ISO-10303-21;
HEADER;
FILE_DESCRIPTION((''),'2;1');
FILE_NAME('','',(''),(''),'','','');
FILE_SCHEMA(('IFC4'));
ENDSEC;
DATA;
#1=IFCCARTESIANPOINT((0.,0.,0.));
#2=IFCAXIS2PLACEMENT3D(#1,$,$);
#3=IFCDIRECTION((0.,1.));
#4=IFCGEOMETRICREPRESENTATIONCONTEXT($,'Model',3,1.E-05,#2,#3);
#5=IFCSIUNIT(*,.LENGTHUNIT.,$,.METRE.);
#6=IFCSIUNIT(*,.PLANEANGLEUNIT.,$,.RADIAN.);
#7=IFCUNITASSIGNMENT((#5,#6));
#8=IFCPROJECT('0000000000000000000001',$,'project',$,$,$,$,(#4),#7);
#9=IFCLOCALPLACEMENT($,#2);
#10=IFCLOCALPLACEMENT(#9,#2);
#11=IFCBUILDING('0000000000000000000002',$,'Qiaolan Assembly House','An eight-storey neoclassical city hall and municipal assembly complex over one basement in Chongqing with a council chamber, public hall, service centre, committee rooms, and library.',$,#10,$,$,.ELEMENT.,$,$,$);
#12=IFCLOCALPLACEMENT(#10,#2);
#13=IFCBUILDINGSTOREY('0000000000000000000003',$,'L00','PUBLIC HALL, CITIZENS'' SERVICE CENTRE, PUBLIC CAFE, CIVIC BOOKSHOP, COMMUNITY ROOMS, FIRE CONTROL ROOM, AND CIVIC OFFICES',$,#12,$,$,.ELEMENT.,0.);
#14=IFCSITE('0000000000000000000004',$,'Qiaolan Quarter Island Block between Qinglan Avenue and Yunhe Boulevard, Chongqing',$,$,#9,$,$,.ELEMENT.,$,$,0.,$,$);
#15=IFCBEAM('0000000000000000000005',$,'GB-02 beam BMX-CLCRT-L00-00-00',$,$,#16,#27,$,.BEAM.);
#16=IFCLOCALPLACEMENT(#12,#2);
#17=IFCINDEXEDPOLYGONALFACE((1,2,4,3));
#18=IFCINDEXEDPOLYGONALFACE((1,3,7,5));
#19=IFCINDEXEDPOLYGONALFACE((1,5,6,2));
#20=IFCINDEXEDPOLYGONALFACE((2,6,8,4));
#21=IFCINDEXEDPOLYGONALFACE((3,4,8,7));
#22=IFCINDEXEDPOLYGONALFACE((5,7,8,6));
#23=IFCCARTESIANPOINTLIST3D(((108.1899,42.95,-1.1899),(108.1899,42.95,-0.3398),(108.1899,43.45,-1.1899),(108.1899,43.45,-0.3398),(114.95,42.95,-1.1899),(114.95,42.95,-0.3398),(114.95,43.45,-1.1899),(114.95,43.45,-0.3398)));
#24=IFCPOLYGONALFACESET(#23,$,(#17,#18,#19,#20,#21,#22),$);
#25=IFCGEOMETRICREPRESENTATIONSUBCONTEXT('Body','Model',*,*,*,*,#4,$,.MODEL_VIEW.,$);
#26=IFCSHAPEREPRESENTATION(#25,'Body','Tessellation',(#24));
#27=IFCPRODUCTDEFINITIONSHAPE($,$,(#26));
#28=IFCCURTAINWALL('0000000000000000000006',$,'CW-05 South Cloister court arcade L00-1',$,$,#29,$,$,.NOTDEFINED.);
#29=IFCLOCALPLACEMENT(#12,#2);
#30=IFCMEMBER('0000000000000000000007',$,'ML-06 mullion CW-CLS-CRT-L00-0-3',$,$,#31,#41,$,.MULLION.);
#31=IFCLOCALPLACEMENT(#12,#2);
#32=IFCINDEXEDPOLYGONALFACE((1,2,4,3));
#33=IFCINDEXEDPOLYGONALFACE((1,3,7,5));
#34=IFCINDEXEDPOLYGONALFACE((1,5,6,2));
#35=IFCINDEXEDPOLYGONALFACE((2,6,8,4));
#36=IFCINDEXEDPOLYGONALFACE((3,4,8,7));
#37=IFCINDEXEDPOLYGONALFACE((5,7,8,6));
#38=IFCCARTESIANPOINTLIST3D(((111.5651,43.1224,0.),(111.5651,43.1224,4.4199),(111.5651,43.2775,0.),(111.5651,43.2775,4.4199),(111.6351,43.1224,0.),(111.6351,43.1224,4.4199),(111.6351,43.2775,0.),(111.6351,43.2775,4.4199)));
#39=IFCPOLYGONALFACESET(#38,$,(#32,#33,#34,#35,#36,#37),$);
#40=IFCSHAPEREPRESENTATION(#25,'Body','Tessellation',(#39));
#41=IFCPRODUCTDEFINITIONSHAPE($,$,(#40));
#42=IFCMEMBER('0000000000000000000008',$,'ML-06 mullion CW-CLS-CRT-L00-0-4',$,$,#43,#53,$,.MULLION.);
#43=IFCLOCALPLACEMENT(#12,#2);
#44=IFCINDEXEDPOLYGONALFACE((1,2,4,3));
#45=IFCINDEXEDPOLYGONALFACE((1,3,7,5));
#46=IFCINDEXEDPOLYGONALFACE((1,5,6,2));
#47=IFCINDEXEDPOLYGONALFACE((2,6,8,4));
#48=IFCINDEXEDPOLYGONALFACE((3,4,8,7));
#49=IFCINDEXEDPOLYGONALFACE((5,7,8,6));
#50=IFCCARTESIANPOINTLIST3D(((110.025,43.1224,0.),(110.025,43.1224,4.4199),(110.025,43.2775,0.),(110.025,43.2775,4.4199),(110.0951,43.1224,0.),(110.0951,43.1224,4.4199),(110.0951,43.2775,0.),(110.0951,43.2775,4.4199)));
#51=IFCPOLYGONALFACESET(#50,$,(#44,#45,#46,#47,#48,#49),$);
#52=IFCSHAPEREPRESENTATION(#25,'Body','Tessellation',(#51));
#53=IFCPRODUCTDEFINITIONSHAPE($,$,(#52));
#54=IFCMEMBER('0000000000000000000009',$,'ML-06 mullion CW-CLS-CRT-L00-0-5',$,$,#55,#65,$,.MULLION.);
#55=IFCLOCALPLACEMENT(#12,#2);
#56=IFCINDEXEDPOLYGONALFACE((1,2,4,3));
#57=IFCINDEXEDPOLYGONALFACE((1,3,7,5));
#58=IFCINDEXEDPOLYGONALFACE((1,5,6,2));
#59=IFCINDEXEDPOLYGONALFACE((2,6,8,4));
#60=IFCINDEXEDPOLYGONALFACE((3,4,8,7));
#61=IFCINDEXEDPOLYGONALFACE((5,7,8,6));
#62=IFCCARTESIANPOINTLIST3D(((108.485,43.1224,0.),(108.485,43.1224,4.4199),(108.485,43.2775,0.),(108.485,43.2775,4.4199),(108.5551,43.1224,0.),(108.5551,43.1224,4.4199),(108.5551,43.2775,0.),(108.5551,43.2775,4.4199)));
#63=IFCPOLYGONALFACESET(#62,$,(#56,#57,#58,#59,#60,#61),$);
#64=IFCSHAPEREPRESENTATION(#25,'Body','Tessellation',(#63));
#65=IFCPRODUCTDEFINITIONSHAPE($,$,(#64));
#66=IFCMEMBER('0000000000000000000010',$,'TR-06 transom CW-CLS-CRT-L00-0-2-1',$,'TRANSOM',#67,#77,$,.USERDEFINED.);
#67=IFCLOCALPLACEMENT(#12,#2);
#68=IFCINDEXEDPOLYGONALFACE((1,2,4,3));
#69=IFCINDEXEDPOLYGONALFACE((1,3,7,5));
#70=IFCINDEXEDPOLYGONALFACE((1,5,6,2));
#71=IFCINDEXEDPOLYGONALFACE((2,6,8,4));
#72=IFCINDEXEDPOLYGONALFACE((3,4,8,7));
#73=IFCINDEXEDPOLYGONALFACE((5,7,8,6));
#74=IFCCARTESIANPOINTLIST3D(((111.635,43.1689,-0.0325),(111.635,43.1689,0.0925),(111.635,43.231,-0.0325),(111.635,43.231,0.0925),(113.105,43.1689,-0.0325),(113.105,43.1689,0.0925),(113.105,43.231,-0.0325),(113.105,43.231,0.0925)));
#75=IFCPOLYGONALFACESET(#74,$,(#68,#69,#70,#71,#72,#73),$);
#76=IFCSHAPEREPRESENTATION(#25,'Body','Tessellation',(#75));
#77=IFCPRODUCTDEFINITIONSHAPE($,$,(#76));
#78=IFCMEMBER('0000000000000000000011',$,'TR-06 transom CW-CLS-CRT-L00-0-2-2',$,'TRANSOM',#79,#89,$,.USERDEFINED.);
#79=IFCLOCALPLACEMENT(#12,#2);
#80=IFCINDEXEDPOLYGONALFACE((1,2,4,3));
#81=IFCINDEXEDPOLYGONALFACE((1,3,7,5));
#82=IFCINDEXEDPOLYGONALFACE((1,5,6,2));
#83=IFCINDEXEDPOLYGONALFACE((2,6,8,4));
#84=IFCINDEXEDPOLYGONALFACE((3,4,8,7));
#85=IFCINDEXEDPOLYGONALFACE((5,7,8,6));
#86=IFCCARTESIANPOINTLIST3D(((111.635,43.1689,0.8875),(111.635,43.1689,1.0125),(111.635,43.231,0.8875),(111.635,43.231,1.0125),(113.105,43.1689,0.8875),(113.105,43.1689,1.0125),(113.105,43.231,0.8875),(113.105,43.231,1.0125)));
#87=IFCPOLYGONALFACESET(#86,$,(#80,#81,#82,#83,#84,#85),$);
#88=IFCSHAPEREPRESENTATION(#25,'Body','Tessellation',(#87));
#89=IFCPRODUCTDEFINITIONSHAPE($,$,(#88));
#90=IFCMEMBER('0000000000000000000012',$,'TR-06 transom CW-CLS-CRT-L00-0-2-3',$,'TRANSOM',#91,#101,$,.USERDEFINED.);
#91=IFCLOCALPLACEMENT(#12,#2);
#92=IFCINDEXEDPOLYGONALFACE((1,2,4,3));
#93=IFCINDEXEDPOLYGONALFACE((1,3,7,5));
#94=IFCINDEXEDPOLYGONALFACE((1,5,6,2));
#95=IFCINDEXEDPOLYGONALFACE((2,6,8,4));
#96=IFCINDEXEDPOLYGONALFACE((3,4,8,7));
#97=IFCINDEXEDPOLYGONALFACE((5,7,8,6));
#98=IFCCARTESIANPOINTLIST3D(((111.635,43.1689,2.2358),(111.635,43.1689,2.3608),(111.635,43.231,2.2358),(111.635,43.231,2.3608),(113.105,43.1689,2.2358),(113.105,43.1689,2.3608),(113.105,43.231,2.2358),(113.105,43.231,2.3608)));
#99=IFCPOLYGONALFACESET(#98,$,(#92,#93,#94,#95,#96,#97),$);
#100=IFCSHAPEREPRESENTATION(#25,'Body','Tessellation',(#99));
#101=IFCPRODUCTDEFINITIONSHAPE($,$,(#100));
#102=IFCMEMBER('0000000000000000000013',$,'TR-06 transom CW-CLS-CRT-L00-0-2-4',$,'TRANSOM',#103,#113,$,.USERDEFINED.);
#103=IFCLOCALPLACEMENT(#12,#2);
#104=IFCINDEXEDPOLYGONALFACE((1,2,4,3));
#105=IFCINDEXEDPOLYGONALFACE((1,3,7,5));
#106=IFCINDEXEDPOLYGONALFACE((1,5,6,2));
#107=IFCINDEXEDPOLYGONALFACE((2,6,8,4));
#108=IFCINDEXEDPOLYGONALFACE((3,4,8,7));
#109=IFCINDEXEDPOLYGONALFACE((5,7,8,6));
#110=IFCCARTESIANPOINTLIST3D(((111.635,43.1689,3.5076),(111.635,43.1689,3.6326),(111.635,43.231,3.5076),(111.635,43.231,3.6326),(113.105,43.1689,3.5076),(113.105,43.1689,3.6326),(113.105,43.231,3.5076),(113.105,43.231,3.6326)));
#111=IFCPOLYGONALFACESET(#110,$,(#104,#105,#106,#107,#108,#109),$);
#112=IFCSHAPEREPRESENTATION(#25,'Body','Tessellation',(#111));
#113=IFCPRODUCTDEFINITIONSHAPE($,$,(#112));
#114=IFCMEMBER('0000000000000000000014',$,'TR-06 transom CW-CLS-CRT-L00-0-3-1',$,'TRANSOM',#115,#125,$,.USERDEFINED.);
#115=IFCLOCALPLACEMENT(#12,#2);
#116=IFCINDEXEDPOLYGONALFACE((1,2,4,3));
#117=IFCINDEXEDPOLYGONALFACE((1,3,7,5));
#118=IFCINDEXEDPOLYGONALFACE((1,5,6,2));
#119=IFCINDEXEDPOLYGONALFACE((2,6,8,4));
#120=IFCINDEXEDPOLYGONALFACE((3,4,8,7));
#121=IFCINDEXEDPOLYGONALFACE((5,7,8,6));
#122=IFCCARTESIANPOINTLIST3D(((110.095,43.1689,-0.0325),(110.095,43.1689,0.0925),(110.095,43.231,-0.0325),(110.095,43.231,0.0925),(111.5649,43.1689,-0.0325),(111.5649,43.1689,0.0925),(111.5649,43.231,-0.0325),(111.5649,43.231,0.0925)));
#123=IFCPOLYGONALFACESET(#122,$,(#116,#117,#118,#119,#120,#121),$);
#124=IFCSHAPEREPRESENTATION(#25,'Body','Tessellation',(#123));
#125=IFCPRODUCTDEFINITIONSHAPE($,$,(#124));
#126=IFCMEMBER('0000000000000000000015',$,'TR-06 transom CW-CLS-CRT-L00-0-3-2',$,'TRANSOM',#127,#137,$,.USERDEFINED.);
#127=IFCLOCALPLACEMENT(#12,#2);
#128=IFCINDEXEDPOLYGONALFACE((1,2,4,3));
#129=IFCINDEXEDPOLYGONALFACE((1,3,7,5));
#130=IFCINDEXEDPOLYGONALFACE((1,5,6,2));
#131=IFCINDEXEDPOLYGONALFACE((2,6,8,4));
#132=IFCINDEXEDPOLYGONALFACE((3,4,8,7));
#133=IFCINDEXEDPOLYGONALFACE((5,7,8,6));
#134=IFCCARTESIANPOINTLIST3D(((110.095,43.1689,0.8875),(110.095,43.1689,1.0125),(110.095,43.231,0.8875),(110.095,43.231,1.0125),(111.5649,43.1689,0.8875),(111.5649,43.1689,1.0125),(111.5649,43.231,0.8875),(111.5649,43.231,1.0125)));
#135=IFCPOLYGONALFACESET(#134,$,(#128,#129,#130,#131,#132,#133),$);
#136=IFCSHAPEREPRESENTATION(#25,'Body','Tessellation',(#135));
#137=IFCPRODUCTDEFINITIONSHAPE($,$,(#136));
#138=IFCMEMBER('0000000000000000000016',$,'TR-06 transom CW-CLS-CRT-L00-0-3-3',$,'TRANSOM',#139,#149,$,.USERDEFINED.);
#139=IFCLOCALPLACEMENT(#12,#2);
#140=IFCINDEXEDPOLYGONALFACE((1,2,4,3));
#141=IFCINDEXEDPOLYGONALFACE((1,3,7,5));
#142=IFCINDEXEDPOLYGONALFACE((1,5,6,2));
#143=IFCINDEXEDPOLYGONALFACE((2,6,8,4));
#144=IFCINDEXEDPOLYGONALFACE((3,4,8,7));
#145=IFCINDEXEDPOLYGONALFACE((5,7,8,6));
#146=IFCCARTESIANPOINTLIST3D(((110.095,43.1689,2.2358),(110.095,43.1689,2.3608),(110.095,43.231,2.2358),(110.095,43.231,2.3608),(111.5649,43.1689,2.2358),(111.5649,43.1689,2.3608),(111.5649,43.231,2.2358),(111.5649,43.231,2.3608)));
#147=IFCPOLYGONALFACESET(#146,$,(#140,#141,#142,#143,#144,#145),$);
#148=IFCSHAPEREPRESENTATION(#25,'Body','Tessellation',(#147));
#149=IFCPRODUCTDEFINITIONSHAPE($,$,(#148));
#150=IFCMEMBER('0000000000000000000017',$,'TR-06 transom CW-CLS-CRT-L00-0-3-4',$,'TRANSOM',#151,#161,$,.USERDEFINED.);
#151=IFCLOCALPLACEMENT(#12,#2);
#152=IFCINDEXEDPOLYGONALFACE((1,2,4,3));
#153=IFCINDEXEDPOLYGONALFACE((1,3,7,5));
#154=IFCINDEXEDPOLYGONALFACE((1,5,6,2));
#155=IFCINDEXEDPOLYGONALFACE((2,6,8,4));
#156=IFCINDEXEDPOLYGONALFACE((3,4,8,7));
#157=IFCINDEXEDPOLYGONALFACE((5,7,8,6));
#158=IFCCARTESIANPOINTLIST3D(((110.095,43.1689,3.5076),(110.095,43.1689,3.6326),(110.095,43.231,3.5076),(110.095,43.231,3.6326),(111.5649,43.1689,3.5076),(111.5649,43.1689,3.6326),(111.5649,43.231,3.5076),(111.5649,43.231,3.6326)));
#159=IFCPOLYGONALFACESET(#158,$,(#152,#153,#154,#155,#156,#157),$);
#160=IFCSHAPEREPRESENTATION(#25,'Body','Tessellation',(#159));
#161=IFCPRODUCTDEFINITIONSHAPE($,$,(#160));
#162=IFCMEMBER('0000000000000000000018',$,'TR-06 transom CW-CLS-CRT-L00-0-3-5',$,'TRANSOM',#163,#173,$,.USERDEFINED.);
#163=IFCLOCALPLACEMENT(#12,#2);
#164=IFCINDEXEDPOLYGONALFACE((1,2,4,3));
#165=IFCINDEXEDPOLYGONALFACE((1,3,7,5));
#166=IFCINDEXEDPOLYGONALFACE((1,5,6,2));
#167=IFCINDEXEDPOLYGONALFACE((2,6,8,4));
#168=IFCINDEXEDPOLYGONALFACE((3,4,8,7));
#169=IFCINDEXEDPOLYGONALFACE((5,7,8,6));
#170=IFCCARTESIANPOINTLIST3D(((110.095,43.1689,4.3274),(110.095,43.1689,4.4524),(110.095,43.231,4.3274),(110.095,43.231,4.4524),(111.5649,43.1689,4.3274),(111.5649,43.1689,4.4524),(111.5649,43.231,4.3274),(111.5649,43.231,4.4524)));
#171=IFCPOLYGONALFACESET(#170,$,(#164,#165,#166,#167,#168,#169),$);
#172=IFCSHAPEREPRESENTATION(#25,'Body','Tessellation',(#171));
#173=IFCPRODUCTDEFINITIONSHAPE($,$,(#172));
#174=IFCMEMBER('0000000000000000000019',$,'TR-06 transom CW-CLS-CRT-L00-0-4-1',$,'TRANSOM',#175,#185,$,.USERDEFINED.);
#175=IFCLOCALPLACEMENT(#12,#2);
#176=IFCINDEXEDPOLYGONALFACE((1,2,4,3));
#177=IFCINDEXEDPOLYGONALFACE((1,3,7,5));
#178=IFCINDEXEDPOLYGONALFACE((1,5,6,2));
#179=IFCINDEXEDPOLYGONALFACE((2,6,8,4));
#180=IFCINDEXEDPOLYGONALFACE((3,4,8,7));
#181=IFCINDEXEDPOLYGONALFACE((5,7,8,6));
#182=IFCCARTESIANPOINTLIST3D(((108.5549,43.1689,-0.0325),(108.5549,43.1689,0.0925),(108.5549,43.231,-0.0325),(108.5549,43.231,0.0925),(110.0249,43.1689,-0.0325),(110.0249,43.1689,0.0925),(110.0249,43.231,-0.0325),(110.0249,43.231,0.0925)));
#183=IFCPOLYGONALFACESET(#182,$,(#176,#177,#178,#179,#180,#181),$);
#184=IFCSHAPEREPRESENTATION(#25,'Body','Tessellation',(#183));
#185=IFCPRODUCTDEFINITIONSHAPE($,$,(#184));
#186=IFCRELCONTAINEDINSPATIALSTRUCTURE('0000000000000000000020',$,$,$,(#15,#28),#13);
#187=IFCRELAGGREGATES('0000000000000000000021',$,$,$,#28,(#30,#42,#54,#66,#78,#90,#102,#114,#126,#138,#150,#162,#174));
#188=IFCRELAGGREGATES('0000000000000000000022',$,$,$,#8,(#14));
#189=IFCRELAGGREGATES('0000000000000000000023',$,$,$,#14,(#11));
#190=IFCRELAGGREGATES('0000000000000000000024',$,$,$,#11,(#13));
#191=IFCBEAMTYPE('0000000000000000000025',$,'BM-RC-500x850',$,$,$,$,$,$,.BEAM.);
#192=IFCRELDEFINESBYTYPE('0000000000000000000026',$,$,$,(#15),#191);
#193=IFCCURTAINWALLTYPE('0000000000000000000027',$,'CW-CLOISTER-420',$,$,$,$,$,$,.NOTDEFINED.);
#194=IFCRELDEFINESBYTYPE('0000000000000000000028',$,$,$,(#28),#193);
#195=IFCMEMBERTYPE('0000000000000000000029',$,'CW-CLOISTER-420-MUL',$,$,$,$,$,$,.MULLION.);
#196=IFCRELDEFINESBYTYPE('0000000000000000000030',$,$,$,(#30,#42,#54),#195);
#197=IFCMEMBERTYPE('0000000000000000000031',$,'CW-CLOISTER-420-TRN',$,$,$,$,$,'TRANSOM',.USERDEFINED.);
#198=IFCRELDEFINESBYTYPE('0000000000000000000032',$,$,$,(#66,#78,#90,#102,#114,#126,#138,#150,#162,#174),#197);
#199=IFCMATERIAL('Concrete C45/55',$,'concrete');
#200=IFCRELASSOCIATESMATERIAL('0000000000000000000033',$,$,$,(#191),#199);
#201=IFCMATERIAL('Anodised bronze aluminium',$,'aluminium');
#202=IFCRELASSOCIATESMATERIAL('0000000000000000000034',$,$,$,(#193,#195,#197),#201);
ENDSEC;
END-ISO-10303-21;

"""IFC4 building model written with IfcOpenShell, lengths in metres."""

from ifc_helpers import new_model, si_unit, direction, frame, origin, origin_2d, place, context, subcontext, project, spatial, rectangle, extrude, material, material_profile, profile_set, type_object, element, aggregate, save


model = new_model("IFC4")

# Units and contexts
model_context = context("Model", 3, precision=1e-05, world=origin(), true_north=direction((0.0, 1.0)))
body_context = subcontext(model_context, "Body", "Model", "MODEL_VIEW")
ifc_project = project(units=[si_unit("LENGTHUNIT", "METRE"), si_unit("PLANEANGLEUNIT", "RADIAN")], contexts=[model_context])

# Site, building, storey
site_placement = place(None, origin())
site = spatial("IfcSite", under=ifc_project, at=site_placement, Name="Qiaolan Quarter Island Block between Qinglan Avenue and Yunhe Boulevard, Chongqing", CompositionType="ELEMENT", RefElevation=0.0)
building_placement = place(site_placement, origin())
building = spatial("IfcBuilding", under=site, at=building_placement, Name="Qiaolan Assembly House", Description="An eight-storey neoclassical city hall and municipal assembly complex over one basement in Chongqing with a council chamber, public hall, service centre, committee rooms, and library.", CompositionType="ELEMENT")
storey_placement = place(building_placement, origin())
storey = spatial("IfcBuildingStorey", under=building, at=storey_placement, Name="L00", Description="PUBLIC HALL, CITIZENS' SERVICE CENTRE, PUBLIC CAFE, CIVIC BOOKSHOP, COMMUNITY ROOMS, FIRE CONTROL ROOM, AND CIVIC OFFICES", CompositionType="ELEMENT", Elevation=0.0)

# Beam
ifc_material_1 = material(Name="Concrete C45/55", Category="concrete")
ifc_material_profile_1 = material_profile(ifc_material_1, rectangle(XDim=0.5, YDim=0.8501, at=origin_2d()), Name="RCB 500x850")
ifc_profile_set_1 = profile_set([ifc_material_profile_1], Name="Concrete C45/55")
beam_type = type_object("IfcBeamType", Name="BM-RC-500x850", PredefinedType="BEAM", material=ifc_profile_set_1)
beam_placement = place(storey_placement, frame((108.1899, 43.2, -0.7649), z_axis=(1.0, 0.0, 0.0), x_axis=(0.0, 1.0, 0.0)))
element("IfcBeam", 1, at=beam_placement, inside=storey, type_object=beam_type, Name="GB-02 beam BMX-CLCRT-L00-00-00", PredefinedType="BEAM", context=body_context, shape_type="SweptSolid", body=[
    extrude(rectangle(XDim=0.5, YDim=0.8501, at=origin_2d()), origin(), (0.0, 0.0, 1.0), 6.76),
])

# Curtain wall, members
ifc_material_2 = material(Name="Anodised bronze aluminium", Category="aluminium")
curtain_wall_type = type_object("IfcCurtainWallType", Name="CW-CLOISTER-420", PredefinedType="NOTDEFINED", material=ifc_material_2)
curtain_wall_placement = place(storey_placement, origin())
curtain_wall = element("IfcCurtainWall", 2, at=curtain_wall_placement, inside=storey, type_object=curtain_wall_type, Name="CW-05 South Cloister court arcade L00-1", PredefinedType="NOTDEFINED")
ifc_material_profile_2 = material_profile(ifc_material_2, rectangle(XDim=0.0701, YDim=0.155, at=origin_2d()), Name="MUL 70x155")
ifc_profile_set_2 = profile_set([ifc_material_profile_2], Name="Anodised bronze aluminium")
member_type_1 = type_object("IfcMemberType", Name="CW-CLOISTER-420-MUL", PredefinedType="MULLION", material=ifc_profile_set_2)
member_1_placement = place(storey_placement, frame((111.6001, 43.2, 0.0), z_axis=(0.0, 0.0, 1.0), x_axis=(-1.0, 0.0, 0.0)))
member_1 = element("IfcMember", 3, at=member_1_placement, type_object=member_type_1, Name="ML-06 mullion CW-CLS-CRT-L00-0-3", PredefinedType="MULLION", context=body_context, shape_type="SweptSolid", body=[
    extrude(rectangle(XDim=0.0701, YDim=0.155, at=origin_2d()), origin(), (0.0, 0.0, 1.0), 4.4199),
])
member_2_placement = place(storey_placement, frame((110.0601, 43.2, 0.0), z_axis=(0.0, 0.0, 1.0), x_axis=(-1.0, 0.0, 0.0)))
member_2 = element("IfcMember", 4, at=member_2_placement, type_object=member_type_1, Name="ML-06 mullion CW-CLS-CRT-L00-0-4", PredefinedType="MULLION", context=body_context, shape_type="SweptSolid", body=[
    extrude(rectangle(XDim=0.0701, YDim=0.155, at=origin_2d()), origin(), (0.0, 0.0, 1.0), 4.4199),
])
member_3_placement = place(storey_placement, frame((108.52, 43.2, 0.0), z_axis=(0.0, 0.0, 1.0), x_axis=(-1.0, 0.0, 0.0)))
member_3 = element("IfcMember", 5, at=member_3_placement, type_object=member_type_1, Name="ML-06 mullion CW-CLS-CRT-L00-0-5", PredefinedType="MULLION", context=body_context, shape_type="SweptSolid", body=[
    extrude(rectangle(XDim=0.0701, YDim=0.155, at=origin_2d()), origin(), (0.0, 0.0, 1.0), 4.4199),
])
ifc_material_profile_3 = material_profile(ifc_material_2, rectangle(XDim=0.062, YDim=0.125, at=origin_2d()), Name="TRN 62x125")
ifc_profile_set_3 = profile_set([ifc_material_profile_3], Name="Anodised bronze aluminium")
member_type_2 = type_object("IfcMemberType", Name="CW-CLOISTER-420-TRN", ElementType="TRANSOM", PredefinedType="USERDEFINED", material=ifc_profile_set_3)
member_4_placement = place(storey_placement, frame((113.105, 43.2, 0.03), z_axis=(-1.0, 0.0, 0.0), x_axis=(0.0, -1.0, 0.0)))
member_4 = element("IfcMember", 6, at=member_4_placement, type_object=member_type_2, Name="TR-06 transom CW-CLS-CRT-L00-0-2-1", ObjectType="TRANSOM", PredefinedType="USERDEFINED", context=body_context, shape_type="SweptSolid", body=[
    extrude(rectangle(XDim=0.062, YDim=0.125, at=origin_2d()), origin(), (0.0, 0.0, 1.0), 1.47),
])
member_5_placement = place(storey_placement, frame((113.105, 43.2, 0.95), z_axis=(-1.0, 0.0, 0.0), x_axis=(0.0, -1.0, 0.0)))
member_5 = element("IfcMember", 7, at=member_5_placement, type_object=member_type_2, Name="TR-06 transom CW-CLS-CRT-L00-0-2-2", ObjectType="TRANSOM", PredefinedType="USERDEFINED", context=body_context, shape_type="SweptSolid", body=[
    extrude(rectangle(XDim=0.062, YDim=0.125, at=origin_2d()), origin(), (0.0, 0.0, 1.0), 1.47),
])
member_6_placement = place(storey_placement, frame((113.105, 43.2, 2.2983), z_axis=(-1.0, 0.0, 0.0), x_axis=(0.0, -1.0, 0.0)))
member_6 = element("IfcMember", 8, at=member_6_placement, type_object=member_type_2, Name="TR-06 transom CW-CLS-CRT-L00-0-2-3", ObjectType="TRANSOM", PredefinedType="USERDEFINED", context=body_context, shape_type="SweptSolid", body=[
    extrude(rectangle(XDim=0.062, YDim=0.125, at=origin_2d()), origin(), (0.0, 0.0, 1.0), 1.47),
])
member_7_placement = place(storey_placement, frame((113.105, 43.2, 3.5701), z_axis=(-1.0, 0.0, 0.0), x_axis=(0.0, -1.0, 0.0)))
member_7 = element("IfcMember", 9, at=member_7_placement, type_object=member_type_2, Name="TR-06 transom CW-CLS-CRT-L00-0-2-4", ObjectType="TRANSOM", PredefinedType="USERDEFINED", context=body_context, shape_type="SweptSolid", body=[
    extrude(rectangle(XDim=0.062, YDim=0.125, at=origin_2d()), origin(), (0.0, 0.0, 1.0), 1.47),
])
member_8_placement = place(storey_placement, frame((111.5649, 43.2, 0.03), z_axis=(-1.0, 0.0, 0.0), x_axis=(0.0, -1.0, 0.0)))
member_8 = element("IfcMember", 10, at=member_8_placement, type_object=member_type_2, Name="TR-06 transom CW-CLS-CRT-L00-0-3-1", ObjectType="TRANSOM", PredefinedType="USERDEFINED", context=body_context, shape_type="SweptSolid", body=[
    extrude(rectangle(XDim=0.062, YDim=0.125, at=origin_2d()), origin(), (0.0, 0.0, 1.0), 1.47),
])
member_9_placement = place(storey_placement, frame((111.5649, 43.2, 0.95), z_axis=(-1.0, 0.0, 0.0), x_axis=(0.0, -1.0, 0.0)))
member_9 = element("IfcMember", 11, at=member_9_placement, type_object=member_type_2, Name="TR-06 transom CW-CLS-CRT-L00-0-3-2", ObjectType="TRANSOM", PredefinedType="USERDEFINED", context=body_context, shape_type="SweptSolid", body=[
    extrude(rectangle(XDim=0.062, YDim=0.125, at=origin_2d()), origin(), (0.0, 0.0, 1.0), 1.47),
])
member_10_placement = place(storey_placement, frame((111.5649, 43.2, 2.2983), z_axis=(-1.0, 0.0, 0.0), x_axis=(0.0, -1.0, 0.0)))
member_10 = element("IfcMember", 12, at=member_10_placement, type_object=member_type_2, Name="TR-06 transom CW-CLS-CRT-L00-0-3-3", ObjectType="TRANSOM", PredefinedType="USERDEFINED", context=body_context, shape_type="SweptSolid", body=[
    extrude(rectangle(XDim=0.062, YDim=0.125, at=origin_2d()), origin(), (0.0, 0.0, 1.0), 1.47),
])
member_11_placement = place(storey_placement, frame((111.5649, 43.2, 3.5701), z_axis=(-1.0, 0.0, 0.0), x_axis=(0.0, -1.0, 0.0)))
member_11 = element("IfcMember", 13, at=member_11_placement, type_object=member_type_2, Name="TR-06 transom CW-CLS-CRT-L00-0-3-4", ObjectType="TRANSOM", PredefinedType="USERDEFINED", context=body_context, shape_type="SweptSolid", body=[
    extrude(rectangle(XDim=0.062, YDim=0.125, at=origin_2d()), origin(), (0.0, 0.0, 1.0), 1.47),
])
member_12_placement = place(storey_placement, frame((111.5649, 43.2, 4.3899), z_axis=(-1.0, 0.0, 0.0), x_axis=(0.0, -1.0, 0.0)))
member_12 = element("IfcMember", 14, at=member_12_placement, type_object=member_type_2, Name="TR-06 transom CW-CLS-CRT-L00-0-3-5", ObjectType="TRANSOM", PredefinedType="USERDEFINED", context=body_context, shape_type="SweptSolid", body=[
    extrude(rectangle(XDim=0.062, YDim=0.125, at=origin_2d()), origin(), (0.0, 0.0, 1.0), 1.47),
])
member_13_placement = place(storey_placement, frame((110.0249, 43.2, 0.03), z_axis=(-1.0, 0.0, 0.0), x_axis=(0.0, -1.0, 0.0)))
member_13 = element("IfcMember", 15, at=member_13_placement, type_object=member_type_2, Name="TR-06 transom CW-CLS-CRT-L00-0-4-1", ObjectType="TRANSOM", PredefinedType="USERDEFINED", context=body_context, shape_type="SweptSolid", body=[
    extrude(rectangle(XDim=0.062, YDim=0.125, at=origin_2d()), origin(), (0.0, 0.0, 1.0), 1.47),
])
aggregate(curtain_wall, [member_1, member_2, member_3, member_4, member_5, member_6, member_7, member_8, member_9, member_10, member_11, member_12, member_13])

save(model, "model.ifc")
